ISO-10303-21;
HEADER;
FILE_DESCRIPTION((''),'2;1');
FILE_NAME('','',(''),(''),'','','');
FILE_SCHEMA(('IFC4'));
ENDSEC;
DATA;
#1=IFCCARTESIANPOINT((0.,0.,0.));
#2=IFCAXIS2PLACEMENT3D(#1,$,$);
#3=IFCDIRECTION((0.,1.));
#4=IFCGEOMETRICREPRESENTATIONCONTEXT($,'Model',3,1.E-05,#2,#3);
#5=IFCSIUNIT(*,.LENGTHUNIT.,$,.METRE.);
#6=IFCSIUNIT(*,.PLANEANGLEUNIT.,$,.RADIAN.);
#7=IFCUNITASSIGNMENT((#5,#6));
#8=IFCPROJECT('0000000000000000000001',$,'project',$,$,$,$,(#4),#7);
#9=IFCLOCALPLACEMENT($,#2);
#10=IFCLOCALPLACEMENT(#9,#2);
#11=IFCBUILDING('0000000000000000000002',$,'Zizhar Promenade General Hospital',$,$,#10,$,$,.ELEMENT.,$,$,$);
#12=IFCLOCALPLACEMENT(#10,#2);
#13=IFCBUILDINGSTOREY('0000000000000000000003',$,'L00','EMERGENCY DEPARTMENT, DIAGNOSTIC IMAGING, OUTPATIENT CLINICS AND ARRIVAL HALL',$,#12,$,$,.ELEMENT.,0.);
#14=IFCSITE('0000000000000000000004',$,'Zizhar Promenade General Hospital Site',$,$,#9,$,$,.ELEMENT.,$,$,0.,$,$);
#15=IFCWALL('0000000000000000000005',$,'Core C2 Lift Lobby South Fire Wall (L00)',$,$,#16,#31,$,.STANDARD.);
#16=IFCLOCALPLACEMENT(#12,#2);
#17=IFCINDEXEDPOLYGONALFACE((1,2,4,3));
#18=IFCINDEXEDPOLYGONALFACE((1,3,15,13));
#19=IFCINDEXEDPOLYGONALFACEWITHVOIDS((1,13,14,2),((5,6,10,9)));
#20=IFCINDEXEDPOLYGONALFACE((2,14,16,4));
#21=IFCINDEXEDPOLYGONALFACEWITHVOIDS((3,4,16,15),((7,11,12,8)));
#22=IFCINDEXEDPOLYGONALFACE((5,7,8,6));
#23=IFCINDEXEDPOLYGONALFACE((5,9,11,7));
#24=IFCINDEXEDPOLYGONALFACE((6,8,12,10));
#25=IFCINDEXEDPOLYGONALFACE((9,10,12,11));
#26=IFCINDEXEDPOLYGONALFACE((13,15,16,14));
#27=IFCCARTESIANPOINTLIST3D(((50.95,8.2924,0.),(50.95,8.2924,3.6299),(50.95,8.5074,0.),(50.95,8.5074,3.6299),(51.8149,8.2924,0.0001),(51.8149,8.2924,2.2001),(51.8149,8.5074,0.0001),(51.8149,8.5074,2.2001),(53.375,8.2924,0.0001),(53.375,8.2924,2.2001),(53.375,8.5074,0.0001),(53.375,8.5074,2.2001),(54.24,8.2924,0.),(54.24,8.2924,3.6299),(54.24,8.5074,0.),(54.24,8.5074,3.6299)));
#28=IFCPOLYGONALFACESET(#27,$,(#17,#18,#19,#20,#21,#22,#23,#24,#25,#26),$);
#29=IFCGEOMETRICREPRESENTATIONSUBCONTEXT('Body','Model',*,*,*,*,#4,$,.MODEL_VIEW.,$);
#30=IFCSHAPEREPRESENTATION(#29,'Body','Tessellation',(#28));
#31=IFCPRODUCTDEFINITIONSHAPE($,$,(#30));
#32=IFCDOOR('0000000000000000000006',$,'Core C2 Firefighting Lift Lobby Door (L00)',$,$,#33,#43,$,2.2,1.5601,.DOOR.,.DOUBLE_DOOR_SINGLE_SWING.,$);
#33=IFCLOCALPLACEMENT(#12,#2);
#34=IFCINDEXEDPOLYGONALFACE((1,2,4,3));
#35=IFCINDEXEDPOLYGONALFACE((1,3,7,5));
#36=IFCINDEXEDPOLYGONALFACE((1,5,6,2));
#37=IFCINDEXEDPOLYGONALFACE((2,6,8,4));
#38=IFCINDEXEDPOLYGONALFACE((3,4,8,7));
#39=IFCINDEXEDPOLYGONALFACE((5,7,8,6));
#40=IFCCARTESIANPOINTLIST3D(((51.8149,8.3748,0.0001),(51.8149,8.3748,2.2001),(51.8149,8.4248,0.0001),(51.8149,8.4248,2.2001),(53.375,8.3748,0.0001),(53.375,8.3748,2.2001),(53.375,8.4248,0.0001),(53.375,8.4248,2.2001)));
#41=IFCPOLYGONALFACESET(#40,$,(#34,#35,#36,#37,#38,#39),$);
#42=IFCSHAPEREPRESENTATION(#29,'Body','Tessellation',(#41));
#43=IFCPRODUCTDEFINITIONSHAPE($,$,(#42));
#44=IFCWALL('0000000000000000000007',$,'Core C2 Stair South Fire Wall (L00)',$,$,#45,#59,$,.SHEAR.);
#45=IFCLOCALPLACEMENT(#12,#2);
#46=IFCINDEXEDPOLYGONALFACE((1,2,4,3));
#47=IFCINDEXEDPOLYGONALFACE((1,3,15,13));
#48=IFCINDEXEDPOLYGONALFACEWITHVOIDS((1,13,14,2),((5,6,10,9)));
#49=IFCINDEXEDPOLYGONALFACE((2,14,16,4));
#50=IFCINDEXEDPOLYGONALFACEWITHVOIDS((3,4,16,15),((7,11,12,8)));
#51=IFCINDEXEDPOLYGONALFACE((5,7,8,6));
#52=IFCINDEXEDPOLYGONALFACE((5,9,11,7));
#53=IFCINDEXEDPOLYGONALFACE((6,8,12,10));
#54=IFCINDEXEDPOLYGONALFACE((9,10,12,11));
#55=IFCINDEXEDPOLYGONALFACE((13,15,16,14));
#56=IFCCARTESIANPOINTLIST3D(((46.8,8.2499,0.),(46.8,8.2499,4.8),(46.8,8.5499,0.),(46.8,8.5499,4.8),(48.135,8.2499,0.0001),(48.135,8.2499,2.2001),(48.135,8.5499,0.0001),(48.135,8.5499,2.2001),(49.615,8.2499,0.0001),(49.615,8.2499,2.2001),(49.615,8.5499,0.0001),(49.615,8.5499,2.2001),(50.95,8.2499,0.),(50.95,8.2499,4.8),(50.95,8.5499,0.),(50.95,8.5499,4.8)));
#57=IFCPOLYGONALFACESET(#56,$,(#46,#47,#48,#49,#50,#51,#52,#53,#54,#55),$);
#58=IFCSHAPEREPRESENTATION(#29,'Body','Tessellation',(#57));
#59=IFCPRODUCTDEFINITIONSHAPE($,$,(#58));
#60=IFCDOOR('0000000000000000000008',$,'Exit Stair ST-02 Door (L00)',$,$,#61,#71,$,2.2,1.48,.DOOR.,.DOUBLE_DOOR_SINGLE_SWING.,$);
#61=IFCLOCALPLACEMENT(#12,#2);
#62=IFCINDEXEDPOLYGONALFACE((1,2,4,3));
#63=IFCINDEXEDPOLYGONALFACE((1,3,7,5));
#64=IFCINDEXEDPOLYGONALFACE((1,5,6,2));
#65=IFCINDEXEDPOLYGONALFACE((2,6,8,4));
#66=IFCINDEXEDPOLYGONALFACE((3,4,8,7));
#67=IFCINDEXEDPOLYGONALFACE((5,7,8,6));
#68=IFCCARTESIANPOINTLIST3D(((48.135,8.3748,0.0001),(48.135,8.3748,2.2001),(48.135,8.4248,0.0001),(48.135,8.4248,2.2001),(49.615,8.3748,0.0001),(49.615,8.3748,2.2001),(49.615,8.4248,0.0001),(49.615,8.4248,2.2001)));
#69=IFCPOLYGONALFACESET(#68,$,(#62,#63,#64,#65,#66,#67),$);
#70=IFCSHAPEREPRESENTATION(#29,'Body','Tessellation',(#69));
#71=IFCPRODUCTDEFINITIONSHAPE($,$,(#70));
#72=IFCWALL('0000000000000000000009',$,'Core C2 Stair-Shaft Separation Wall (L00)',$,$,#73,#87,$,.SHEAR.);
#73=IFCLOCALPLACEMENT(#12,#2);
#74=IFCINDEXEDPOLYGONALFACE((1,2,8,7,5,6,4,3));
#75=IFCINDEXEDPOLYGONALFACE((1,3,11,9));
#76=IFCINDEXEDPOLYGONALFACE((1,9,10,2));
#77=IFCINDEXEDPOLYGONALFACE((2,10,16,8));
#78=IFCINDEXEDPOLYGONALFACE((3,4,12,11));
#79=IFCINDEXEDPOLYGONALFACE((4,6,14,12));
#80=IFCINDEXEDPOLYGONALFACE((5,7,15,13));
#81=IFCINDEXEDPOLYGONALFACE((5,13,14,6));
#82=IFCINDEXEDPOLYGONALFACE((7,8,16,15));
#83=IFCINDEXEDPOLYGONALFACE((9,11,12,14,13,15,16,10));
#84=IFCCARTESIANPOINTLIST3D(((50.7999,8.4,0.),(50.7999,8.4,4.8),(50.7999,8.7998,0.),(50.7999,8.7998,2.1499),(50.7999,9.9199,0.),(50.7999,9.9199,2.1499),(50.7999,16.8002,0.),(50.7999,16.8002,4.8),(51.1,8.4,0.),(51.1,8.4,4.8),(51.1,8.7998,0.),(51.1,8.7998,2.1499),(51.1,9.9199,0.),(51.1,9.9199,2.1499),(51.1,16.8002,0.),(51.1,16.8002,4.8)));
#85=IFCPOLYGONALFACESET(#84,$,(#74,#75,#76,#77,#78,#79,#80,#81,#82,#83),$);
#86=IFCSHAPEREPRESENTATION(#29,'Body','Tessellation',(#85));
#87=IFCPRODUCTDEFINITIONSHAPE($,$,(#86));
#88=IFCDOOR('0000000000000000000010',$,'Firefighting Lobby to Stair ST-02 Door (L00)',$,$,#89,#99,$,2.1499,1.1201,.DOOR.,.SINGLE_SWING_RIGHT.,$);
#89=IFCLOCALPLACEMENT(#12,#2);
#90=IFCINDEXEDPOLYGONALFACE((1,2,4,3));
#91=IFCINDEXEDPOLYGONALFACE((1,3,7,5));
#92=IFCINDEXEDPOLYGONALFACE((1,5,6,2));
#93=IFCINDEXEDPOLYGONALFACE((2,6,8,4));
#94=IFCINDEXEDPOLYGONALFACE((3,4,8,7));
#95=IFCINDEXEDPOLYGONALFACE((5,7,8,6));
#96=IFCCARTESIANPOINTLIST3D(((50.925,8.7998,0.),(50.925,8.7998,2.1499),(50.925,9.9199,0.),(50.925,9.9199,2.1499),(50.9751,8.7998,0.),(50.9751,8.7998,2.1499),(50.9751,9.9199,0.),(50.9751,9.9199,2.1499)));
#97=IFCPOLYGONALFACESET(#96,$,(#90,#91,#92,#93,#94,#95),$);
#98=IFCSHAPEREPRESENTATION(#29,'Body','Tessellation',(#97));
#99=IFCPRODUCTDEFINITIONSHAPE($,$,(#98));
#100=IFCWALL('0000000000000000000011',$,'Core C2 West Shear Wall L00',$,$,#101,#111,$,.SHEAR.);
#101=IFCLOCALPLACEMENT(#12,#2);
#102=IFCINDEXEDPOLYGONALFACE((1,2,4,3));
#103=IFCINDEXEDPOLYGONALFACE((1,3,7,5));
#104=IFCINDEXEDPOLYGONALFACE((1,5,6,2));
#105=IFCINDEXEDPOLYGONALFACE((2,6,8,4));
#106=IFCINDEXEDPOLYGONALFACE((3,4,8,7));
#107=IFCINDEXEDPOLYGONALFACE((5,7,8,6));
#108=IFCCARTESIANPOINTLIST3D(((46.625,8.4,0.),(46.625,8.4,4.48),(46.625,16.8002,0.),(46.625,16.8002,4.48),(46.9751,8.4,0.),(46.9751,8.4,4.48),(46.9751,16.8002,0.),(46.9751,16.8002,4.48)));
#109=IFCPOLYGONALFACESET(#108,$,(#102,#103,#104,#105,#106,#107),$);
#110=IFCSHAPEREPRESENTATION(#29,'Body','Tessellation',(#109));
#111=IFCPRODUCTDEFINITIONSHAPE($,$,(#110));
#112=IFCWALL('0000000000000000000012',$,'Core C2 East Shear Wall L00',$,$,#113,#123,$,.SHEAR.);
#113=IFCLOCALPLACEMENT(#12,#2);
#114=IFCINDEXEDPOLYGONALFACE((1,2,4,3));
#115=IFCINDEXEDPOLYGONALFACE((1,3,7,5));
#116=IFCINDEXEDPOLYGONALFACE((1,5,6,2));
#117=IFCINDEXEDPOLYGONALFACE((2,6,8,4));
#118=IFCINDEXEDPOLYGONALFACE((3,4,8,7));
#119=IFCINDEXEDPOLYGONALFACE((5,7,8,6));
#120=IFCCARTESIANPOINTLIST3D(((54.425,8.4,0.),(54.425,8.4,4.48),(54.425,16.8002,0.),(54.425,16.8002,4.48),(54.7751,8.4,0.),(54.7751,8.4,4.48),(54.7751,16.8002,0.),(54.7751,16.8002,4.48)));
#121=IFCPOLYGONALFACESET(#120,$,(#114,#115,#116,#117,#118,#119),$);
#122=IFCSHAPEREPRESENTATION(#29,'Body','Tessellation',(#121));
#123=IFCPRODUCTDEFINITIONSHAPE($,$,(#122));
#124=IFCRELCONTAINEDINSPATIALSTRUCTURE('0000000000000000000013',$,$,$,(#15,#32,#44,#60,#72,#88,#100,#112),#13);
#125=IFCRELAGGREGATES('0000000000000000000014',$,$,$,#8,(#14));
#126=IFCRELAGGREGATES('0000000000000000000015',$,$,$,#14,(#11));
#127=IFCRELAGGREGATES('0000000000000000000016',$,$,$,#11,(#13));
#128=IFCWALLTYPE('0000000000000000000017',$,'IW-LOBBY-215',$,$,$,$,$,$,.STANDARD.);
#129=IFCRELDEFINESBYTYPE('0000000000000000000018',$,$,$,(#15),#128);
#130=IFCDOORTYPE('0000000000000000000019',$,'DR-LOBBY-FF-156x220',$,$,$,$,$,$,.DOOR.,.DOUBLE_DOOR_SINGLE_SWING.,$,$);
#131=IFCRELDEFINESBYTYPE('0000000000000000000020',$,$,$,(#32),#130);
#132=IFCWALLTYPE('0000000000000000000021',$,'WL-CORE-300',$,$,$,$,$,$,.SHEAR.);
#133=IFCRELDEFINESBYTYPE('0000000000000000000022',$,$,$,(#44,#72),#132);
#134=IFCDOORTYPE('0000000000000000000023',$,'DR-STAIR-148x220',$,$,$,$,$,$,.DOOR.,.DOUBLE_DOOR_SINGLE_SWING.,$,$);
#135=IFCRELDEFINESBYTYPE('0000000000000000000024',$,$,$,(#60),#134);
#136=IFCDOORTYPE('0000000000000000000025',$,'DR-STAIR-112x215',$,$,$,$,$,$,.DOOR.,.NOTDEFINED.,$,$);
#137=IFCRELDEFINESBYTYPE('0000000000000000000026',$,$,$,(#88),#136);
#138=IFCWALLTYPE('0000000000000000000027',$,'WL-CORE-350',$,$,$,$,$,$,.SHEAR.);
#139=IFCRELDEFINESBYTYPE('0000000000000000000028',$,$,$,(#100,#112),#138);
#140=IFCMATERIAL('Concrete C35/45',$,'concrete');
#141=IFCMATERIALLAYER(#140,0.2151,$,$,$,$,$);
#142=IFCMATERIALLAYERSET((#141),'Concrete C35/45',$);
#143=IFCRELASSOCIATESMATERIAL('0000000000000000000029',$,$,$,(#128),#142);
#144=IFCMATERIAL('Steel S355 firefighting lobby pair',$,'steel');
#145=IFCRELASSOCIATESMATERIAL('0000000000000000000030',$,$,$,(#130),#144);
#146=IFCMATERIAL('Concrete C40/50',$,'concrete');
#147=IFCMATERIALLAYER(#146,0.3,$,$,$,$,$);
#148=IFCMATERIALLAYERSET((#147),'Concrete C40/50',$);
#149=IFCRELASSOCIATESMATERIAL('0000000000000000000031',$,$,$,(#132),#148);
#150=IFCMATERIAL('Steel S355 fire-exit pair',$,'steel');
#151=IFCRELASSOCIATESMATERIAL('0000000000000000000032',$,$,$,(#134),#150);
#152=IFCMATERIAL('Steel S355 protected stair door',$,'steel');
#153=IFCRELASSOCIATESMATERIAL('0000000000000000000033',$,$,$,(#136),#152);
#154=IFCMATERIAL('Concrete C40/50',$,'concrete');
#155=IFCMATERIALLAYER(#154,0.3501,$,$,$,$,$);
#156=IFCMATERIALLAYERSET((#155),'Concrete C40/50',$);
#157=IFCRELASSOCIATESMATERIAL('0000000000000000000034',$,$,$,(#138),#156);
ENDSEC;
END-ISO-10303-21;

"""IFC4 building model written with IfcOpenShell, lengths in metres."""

from ifc_helpers import new_model, si_unit, direction, frame, frame_2d, origin, place, context, subcontext, project, spatial, rectangle, extrude, material, layer, layer_set, type_object, element, fill, save


model = new_model("IFC4")

# Units and contexts
model_context = context("Model", 3, precision=1e-05, world=origin(), true_north=direction((0.0, 1.0)))
body_context = subcontext(model_context, "Body", "Model", "MODEL_VIEW")
ifc_project = project(units=[si_unit("LENGTHUNIT", "METRE"), si_unit("PLANEANGLEUNIT", "RADIAN")], contexts=[model_context])

# Site, building, storey
site_placement = place(None, origin())
site = spatial("IfcSite", under=ifc_project, at=site_placement, Name="Zizhar Promenade General Hospital Site", CompositionType="ELEMENT", RefElevation=0.0)
building_placement = place(site_placement, origin())
building = spatial("IfcBuilding", under=site, at=building_placement, Name="Zizhar Promenade General Hospital", CompositionType="ELEMENT")
storey_placement = place(building_placement, origin())
storey = spatial("IfcBuildingStorey", under=building, at=storey_placement, Name="L00", Description="EMERGENCY DEPARTMENT, DIAGNOSTIC IMAGING, OUTPATIENT CLINICS AND ARRIVAL HALL", CompositionType="ELEMENT", Elevation=0.0)

# Walls, openings, doors
ifc_material_1 = material(Name="Concrete C35/45", Category="concrete")
ifc_layer_1 = layer(ifc_material_1, 0.2151)
ifc_layer_set_1 = layer_set([ifc_layer_1], Name="Concrete C35/45")
wall_type_1 = type_object("IfcWallType", Name="IW-LOBBY-215", PredefinedType="STANDARD", material=ifc_layer_set_1)
wall_1_placement = place(storey_placement, frame((50.95, 8.3999, 0.0), z_axis=(0.0, 0.0, 1.0), x_axis=(1.0, 0.0, 0.0)))
wall_1 = element("IfcWall", 1, at=wall_1_placement, inside=storey, type_object=wall_type_1, Name="Core C2 Lift Lobby South Fire Wall (L00)", PredefinedType="STANDARD", context=body_context, shape_type="SweptSolid", body=[
    extrude(rectangle(XDim=3.29, YDim=0.2151, at=frame_2d((1.645, 0.0))), origin(), (0.0, 0.0, 1.0), 3.6299),
])
opening_1_placement = place(wall_1_placement, frame((0.865, 0.0, 0.0)))
opening_1 = element("IfcOpeningElement", 2, at=opening_1_placement, cuts=wall_1, PredefinedType="OPENING", context=body_context, shape_type="SweptSolid", body=[
    extrude(rectangle(XDim=1.5601, YDim=2.2, at=frame_2d((0.78, 1.1001))), frame((0.0, 0.1177, 0.0), z_axis=(0.0, -1.0, 0.0), x_axis=(1.0, 0.0, 0.0)), (0.0, 0.0, 1.0), 0.2351),
])
ifc_material_2 = material(Name="Steel S355 firefighting lobby pair", Category="steel")
door_type_1 = type_object("IfcDoorType", Name="DR-LOBBY-FF-156x220", OperationType="DOUBLE_DOOR_SINGLE_SWING", PredefinedType="DOOR", material=ifc_material_2)
door_1_placement = place(opening_1_placement, origin())
door_1 = element("IfcDoor", 3, at=door_1_placement, inside=storey, type_object=door_type_1, Name="Core C2 Firefighting Lift Lobby Door (L00)", OperationType="DOUBLE_DOOR_SINGLE_SWING", OverallHeight=2.2, OverallWidth=1.5601, PredefinedType="DOOR", context=body_context, shape_type="SweptSolid", body=[
    extrude(rectangle(XDim=1.5601, YDim=2.2, at=frame_2d((0.78, 1.1001))), frame((0.0, 0.0249, 0.0), z_axis=(0.0, -1.0, 0.0), x_axis=(1.0, 0.0, 0.0)), (0.0, 0.0, 1.0), 0.05),
])
fill(opening_1, door_1)
ifc_material_3 = material(Name="Concrete C40/50", Category="concrete")
ifc_layer_2 = layer(ifc_material_3, 0.3)
ifc_layer_set_2 = layer_set([ifc_layer_2], Name="Concrete C40/50")
wall_type_2 = type_object("IfcWallType", Name="WL-CORE-300", PredefinedType="SHEAR", material=ifc_layer_set_2)
wall_2_placement = place(storey_placement, frame((46.8, 8.3999, 0.0), z_axis=(0.0, 0.0, 1.0), x_axis=(1.0, 0.0, 0.0)))
wall_2 = element("IfcWall", 4, at=wall_2_placement, inside=storey, type_object=wall_type_2, Name="Core C2 Stair South Fire Wall (L00)", PredefinedType="SHEAR", context=body_context, shape_type="SweptSolid", body=[
    extrude(rectangle(XDim=4.1499, YDim=0.3, at=frame_2d((2.075, 0.0))), origin(), (0.0, 0.0, 1.0), 4.8),
])
opening_2_placement = place(wall_2_placement, frame((1.335, 0.0, 0.0)))
opening_2 = element("IfcOpeningElement", 5, at=opening_2_placement, cuts=wall_2, PredefinedType="OPENING", context=body_context, shape_type="SweptSolid", body=[
    extrude(rectangle(XDim=1.48, YDim=2.2, at=frame_2d((0.74, 1.1001))), frame((0.0, 0.1602, 0.0), z_axis=(0.0, -1.0, 0.0), x_axis=(1.0, 0.0, 0.0)), (0.0, 0.0, 1.0), 0.3201),
])
ifc_material_4 = material(Name="Steel S355 fire-exit pair", Category="steel")
door_type_2 = type_object("IfcDoorType", Name="DR-STAIR-148x220", OperationType="DOUBLE_DOOR_SINGLE_SWING", PredefinedType="DOOR", material=ifc_material_4)
door_2_placement = place(opening_2_placement, origin())
door_2 = element("IfcDoor", 6, at=door_2_placement, inside=storey, type_object=door_type_2, Name="Exit Stair ST-02 Door (L00)", OperationType="DOUBLE_DOOR_SINGLE_SWING", OverallHeight=2.2, OverallWidth=1.48, PredefinedType="DOOR", context=body_context, shape_type="SweptSolid", body=[
    extrude(rectangle(XDim=1.48, YDim=2.2, at=frame_2d((0.74, 1.1001))), frame((0.0, 0.0249, 0.0), z_axis=(0.0, -1.0, 0.0), x_axis=(1.0, 0.0, 0.0)), (0.0, 0.0, 1.0), 0.05),
])
fill(opening_2, door_2)
wall_3_placement = place(storey_placement, frame((50.95, 8.3999, 0.0), z_axis=(0.0, 0.0, 1.0), x_axis=(0.0, 1.0, 0.0)))
wall_3 = element("IfcWall", 7, at=wall_3_placement, inside=storey, type_object=wall_type_2, Name="Core C2 Stair-Shaft Separation Wall (L00)", PredefinedType="SHEAR", context=body_context, shape_type="SweptSolid", body=[
    extrude(rectangle(XDim=8.4001, YDim=0.3, at=frame_2d((4.2002, 0.0))), origin(), (0.0, 0.0, 1.0), 4.8),
])
opening_3_placement = place(wall_3_placement, frame((0.3999, 0.0, 0.0)))
opening_3 = element("IfcOpeningElement", 8, at=opening_3_placement, cuts=wall_3, PredefinedType="OPENING", context=body_context, shape_type="SweptSolid", body=[
    extrude(rectangle(XDim=1.1201, YDim=2.1499, at=frame_2d((0.5601, 1.075))), frame((0.0, 0.1602, 0.0), z_axis=(0.0, -1.0, 0.0), x_axis=(1.0, 0.0, 0.0)), (0.0, 0.0, 1.0), 0.3201),
])
ifc_material_5 = material(Name="Steel S355 protected stair door", Category="steel")
door_type_3 = type_object("IfcDoorType", Name="DR-STAIR-112x215", OperationType="NOTDEFINED", PredefinedType="DOOR", material=ifc_material_5)
door_3_placement = place(opening_3_placement, origin())
door_3 = element("IfcDoor", 9, at=door_3_placement, inside=storey, type_object=door_type_3, Name="Firefighting Lobby to Stair ST-02 Door (L00)", OperationType="SINGLE_SWING_RIGHT", OverallHeight=2.1499, OverallWidth=1.1201, PredefinedType="DOOR", context=body_context, shape_type="SweptSolid", body=[
    extrude(rectangle(XDim=1.1201, YDim=2.1499, at=frame_2d((0.5601, 1.075))), frame((0.0, 0.0249, 0.0), z_axis=(0.0, -1.0, 0.0), x_axis=(1.0, 0.0, 0.0)), (0.0, 0.0, 1.0), 0.05),
])
fill(opening_3, door_3)

# Walls
ifc_material_6 = material(Name="Concrete C40/50", Category="concrete")
ifc_layer_3 = layer(ifc_material_6, 0.3501)
ifc_layer_set_3 = layer_set([ifc_layer_3], Name="Concrete C40/50")
wall_type_3 = type_object("IfcWallType", Name="WL-CORE-350", PredefinedType="SHEAR", material=ifc_layer_set_3)
for number, where, z_axis, x_axis, name in (
    (10, (46.8, 8.3999, 0.0), (0.0, 0.0, 1.0), (0.0, 1.0, 0.0), "Core C2 West Shear Wall L00"),
    (11, (54.6001, 8.3999, 0.0), (0.0, 0.0, 1.0), (0.0, 1.0, 0.0), "Core C2 East Shear Wall L00"),
):
    element("IfcWall", number, at=place(storey_placement, frame(where, z_axis=z_axis, x_axis=x_axis)), inside=storey, type_object=wall_type_3, Name=name, PredefinedType="SHEAR", context=body_context, shape_type="SweptSolid", body=[
        extrude(rectangle(XDim=8.4001, YDim=0.3501, at=frame_2d((4.2002, 0.0))), origin(), (0.0, 0.0, 1.0), 4.48),
    ])

save(model, "model.ifc")
